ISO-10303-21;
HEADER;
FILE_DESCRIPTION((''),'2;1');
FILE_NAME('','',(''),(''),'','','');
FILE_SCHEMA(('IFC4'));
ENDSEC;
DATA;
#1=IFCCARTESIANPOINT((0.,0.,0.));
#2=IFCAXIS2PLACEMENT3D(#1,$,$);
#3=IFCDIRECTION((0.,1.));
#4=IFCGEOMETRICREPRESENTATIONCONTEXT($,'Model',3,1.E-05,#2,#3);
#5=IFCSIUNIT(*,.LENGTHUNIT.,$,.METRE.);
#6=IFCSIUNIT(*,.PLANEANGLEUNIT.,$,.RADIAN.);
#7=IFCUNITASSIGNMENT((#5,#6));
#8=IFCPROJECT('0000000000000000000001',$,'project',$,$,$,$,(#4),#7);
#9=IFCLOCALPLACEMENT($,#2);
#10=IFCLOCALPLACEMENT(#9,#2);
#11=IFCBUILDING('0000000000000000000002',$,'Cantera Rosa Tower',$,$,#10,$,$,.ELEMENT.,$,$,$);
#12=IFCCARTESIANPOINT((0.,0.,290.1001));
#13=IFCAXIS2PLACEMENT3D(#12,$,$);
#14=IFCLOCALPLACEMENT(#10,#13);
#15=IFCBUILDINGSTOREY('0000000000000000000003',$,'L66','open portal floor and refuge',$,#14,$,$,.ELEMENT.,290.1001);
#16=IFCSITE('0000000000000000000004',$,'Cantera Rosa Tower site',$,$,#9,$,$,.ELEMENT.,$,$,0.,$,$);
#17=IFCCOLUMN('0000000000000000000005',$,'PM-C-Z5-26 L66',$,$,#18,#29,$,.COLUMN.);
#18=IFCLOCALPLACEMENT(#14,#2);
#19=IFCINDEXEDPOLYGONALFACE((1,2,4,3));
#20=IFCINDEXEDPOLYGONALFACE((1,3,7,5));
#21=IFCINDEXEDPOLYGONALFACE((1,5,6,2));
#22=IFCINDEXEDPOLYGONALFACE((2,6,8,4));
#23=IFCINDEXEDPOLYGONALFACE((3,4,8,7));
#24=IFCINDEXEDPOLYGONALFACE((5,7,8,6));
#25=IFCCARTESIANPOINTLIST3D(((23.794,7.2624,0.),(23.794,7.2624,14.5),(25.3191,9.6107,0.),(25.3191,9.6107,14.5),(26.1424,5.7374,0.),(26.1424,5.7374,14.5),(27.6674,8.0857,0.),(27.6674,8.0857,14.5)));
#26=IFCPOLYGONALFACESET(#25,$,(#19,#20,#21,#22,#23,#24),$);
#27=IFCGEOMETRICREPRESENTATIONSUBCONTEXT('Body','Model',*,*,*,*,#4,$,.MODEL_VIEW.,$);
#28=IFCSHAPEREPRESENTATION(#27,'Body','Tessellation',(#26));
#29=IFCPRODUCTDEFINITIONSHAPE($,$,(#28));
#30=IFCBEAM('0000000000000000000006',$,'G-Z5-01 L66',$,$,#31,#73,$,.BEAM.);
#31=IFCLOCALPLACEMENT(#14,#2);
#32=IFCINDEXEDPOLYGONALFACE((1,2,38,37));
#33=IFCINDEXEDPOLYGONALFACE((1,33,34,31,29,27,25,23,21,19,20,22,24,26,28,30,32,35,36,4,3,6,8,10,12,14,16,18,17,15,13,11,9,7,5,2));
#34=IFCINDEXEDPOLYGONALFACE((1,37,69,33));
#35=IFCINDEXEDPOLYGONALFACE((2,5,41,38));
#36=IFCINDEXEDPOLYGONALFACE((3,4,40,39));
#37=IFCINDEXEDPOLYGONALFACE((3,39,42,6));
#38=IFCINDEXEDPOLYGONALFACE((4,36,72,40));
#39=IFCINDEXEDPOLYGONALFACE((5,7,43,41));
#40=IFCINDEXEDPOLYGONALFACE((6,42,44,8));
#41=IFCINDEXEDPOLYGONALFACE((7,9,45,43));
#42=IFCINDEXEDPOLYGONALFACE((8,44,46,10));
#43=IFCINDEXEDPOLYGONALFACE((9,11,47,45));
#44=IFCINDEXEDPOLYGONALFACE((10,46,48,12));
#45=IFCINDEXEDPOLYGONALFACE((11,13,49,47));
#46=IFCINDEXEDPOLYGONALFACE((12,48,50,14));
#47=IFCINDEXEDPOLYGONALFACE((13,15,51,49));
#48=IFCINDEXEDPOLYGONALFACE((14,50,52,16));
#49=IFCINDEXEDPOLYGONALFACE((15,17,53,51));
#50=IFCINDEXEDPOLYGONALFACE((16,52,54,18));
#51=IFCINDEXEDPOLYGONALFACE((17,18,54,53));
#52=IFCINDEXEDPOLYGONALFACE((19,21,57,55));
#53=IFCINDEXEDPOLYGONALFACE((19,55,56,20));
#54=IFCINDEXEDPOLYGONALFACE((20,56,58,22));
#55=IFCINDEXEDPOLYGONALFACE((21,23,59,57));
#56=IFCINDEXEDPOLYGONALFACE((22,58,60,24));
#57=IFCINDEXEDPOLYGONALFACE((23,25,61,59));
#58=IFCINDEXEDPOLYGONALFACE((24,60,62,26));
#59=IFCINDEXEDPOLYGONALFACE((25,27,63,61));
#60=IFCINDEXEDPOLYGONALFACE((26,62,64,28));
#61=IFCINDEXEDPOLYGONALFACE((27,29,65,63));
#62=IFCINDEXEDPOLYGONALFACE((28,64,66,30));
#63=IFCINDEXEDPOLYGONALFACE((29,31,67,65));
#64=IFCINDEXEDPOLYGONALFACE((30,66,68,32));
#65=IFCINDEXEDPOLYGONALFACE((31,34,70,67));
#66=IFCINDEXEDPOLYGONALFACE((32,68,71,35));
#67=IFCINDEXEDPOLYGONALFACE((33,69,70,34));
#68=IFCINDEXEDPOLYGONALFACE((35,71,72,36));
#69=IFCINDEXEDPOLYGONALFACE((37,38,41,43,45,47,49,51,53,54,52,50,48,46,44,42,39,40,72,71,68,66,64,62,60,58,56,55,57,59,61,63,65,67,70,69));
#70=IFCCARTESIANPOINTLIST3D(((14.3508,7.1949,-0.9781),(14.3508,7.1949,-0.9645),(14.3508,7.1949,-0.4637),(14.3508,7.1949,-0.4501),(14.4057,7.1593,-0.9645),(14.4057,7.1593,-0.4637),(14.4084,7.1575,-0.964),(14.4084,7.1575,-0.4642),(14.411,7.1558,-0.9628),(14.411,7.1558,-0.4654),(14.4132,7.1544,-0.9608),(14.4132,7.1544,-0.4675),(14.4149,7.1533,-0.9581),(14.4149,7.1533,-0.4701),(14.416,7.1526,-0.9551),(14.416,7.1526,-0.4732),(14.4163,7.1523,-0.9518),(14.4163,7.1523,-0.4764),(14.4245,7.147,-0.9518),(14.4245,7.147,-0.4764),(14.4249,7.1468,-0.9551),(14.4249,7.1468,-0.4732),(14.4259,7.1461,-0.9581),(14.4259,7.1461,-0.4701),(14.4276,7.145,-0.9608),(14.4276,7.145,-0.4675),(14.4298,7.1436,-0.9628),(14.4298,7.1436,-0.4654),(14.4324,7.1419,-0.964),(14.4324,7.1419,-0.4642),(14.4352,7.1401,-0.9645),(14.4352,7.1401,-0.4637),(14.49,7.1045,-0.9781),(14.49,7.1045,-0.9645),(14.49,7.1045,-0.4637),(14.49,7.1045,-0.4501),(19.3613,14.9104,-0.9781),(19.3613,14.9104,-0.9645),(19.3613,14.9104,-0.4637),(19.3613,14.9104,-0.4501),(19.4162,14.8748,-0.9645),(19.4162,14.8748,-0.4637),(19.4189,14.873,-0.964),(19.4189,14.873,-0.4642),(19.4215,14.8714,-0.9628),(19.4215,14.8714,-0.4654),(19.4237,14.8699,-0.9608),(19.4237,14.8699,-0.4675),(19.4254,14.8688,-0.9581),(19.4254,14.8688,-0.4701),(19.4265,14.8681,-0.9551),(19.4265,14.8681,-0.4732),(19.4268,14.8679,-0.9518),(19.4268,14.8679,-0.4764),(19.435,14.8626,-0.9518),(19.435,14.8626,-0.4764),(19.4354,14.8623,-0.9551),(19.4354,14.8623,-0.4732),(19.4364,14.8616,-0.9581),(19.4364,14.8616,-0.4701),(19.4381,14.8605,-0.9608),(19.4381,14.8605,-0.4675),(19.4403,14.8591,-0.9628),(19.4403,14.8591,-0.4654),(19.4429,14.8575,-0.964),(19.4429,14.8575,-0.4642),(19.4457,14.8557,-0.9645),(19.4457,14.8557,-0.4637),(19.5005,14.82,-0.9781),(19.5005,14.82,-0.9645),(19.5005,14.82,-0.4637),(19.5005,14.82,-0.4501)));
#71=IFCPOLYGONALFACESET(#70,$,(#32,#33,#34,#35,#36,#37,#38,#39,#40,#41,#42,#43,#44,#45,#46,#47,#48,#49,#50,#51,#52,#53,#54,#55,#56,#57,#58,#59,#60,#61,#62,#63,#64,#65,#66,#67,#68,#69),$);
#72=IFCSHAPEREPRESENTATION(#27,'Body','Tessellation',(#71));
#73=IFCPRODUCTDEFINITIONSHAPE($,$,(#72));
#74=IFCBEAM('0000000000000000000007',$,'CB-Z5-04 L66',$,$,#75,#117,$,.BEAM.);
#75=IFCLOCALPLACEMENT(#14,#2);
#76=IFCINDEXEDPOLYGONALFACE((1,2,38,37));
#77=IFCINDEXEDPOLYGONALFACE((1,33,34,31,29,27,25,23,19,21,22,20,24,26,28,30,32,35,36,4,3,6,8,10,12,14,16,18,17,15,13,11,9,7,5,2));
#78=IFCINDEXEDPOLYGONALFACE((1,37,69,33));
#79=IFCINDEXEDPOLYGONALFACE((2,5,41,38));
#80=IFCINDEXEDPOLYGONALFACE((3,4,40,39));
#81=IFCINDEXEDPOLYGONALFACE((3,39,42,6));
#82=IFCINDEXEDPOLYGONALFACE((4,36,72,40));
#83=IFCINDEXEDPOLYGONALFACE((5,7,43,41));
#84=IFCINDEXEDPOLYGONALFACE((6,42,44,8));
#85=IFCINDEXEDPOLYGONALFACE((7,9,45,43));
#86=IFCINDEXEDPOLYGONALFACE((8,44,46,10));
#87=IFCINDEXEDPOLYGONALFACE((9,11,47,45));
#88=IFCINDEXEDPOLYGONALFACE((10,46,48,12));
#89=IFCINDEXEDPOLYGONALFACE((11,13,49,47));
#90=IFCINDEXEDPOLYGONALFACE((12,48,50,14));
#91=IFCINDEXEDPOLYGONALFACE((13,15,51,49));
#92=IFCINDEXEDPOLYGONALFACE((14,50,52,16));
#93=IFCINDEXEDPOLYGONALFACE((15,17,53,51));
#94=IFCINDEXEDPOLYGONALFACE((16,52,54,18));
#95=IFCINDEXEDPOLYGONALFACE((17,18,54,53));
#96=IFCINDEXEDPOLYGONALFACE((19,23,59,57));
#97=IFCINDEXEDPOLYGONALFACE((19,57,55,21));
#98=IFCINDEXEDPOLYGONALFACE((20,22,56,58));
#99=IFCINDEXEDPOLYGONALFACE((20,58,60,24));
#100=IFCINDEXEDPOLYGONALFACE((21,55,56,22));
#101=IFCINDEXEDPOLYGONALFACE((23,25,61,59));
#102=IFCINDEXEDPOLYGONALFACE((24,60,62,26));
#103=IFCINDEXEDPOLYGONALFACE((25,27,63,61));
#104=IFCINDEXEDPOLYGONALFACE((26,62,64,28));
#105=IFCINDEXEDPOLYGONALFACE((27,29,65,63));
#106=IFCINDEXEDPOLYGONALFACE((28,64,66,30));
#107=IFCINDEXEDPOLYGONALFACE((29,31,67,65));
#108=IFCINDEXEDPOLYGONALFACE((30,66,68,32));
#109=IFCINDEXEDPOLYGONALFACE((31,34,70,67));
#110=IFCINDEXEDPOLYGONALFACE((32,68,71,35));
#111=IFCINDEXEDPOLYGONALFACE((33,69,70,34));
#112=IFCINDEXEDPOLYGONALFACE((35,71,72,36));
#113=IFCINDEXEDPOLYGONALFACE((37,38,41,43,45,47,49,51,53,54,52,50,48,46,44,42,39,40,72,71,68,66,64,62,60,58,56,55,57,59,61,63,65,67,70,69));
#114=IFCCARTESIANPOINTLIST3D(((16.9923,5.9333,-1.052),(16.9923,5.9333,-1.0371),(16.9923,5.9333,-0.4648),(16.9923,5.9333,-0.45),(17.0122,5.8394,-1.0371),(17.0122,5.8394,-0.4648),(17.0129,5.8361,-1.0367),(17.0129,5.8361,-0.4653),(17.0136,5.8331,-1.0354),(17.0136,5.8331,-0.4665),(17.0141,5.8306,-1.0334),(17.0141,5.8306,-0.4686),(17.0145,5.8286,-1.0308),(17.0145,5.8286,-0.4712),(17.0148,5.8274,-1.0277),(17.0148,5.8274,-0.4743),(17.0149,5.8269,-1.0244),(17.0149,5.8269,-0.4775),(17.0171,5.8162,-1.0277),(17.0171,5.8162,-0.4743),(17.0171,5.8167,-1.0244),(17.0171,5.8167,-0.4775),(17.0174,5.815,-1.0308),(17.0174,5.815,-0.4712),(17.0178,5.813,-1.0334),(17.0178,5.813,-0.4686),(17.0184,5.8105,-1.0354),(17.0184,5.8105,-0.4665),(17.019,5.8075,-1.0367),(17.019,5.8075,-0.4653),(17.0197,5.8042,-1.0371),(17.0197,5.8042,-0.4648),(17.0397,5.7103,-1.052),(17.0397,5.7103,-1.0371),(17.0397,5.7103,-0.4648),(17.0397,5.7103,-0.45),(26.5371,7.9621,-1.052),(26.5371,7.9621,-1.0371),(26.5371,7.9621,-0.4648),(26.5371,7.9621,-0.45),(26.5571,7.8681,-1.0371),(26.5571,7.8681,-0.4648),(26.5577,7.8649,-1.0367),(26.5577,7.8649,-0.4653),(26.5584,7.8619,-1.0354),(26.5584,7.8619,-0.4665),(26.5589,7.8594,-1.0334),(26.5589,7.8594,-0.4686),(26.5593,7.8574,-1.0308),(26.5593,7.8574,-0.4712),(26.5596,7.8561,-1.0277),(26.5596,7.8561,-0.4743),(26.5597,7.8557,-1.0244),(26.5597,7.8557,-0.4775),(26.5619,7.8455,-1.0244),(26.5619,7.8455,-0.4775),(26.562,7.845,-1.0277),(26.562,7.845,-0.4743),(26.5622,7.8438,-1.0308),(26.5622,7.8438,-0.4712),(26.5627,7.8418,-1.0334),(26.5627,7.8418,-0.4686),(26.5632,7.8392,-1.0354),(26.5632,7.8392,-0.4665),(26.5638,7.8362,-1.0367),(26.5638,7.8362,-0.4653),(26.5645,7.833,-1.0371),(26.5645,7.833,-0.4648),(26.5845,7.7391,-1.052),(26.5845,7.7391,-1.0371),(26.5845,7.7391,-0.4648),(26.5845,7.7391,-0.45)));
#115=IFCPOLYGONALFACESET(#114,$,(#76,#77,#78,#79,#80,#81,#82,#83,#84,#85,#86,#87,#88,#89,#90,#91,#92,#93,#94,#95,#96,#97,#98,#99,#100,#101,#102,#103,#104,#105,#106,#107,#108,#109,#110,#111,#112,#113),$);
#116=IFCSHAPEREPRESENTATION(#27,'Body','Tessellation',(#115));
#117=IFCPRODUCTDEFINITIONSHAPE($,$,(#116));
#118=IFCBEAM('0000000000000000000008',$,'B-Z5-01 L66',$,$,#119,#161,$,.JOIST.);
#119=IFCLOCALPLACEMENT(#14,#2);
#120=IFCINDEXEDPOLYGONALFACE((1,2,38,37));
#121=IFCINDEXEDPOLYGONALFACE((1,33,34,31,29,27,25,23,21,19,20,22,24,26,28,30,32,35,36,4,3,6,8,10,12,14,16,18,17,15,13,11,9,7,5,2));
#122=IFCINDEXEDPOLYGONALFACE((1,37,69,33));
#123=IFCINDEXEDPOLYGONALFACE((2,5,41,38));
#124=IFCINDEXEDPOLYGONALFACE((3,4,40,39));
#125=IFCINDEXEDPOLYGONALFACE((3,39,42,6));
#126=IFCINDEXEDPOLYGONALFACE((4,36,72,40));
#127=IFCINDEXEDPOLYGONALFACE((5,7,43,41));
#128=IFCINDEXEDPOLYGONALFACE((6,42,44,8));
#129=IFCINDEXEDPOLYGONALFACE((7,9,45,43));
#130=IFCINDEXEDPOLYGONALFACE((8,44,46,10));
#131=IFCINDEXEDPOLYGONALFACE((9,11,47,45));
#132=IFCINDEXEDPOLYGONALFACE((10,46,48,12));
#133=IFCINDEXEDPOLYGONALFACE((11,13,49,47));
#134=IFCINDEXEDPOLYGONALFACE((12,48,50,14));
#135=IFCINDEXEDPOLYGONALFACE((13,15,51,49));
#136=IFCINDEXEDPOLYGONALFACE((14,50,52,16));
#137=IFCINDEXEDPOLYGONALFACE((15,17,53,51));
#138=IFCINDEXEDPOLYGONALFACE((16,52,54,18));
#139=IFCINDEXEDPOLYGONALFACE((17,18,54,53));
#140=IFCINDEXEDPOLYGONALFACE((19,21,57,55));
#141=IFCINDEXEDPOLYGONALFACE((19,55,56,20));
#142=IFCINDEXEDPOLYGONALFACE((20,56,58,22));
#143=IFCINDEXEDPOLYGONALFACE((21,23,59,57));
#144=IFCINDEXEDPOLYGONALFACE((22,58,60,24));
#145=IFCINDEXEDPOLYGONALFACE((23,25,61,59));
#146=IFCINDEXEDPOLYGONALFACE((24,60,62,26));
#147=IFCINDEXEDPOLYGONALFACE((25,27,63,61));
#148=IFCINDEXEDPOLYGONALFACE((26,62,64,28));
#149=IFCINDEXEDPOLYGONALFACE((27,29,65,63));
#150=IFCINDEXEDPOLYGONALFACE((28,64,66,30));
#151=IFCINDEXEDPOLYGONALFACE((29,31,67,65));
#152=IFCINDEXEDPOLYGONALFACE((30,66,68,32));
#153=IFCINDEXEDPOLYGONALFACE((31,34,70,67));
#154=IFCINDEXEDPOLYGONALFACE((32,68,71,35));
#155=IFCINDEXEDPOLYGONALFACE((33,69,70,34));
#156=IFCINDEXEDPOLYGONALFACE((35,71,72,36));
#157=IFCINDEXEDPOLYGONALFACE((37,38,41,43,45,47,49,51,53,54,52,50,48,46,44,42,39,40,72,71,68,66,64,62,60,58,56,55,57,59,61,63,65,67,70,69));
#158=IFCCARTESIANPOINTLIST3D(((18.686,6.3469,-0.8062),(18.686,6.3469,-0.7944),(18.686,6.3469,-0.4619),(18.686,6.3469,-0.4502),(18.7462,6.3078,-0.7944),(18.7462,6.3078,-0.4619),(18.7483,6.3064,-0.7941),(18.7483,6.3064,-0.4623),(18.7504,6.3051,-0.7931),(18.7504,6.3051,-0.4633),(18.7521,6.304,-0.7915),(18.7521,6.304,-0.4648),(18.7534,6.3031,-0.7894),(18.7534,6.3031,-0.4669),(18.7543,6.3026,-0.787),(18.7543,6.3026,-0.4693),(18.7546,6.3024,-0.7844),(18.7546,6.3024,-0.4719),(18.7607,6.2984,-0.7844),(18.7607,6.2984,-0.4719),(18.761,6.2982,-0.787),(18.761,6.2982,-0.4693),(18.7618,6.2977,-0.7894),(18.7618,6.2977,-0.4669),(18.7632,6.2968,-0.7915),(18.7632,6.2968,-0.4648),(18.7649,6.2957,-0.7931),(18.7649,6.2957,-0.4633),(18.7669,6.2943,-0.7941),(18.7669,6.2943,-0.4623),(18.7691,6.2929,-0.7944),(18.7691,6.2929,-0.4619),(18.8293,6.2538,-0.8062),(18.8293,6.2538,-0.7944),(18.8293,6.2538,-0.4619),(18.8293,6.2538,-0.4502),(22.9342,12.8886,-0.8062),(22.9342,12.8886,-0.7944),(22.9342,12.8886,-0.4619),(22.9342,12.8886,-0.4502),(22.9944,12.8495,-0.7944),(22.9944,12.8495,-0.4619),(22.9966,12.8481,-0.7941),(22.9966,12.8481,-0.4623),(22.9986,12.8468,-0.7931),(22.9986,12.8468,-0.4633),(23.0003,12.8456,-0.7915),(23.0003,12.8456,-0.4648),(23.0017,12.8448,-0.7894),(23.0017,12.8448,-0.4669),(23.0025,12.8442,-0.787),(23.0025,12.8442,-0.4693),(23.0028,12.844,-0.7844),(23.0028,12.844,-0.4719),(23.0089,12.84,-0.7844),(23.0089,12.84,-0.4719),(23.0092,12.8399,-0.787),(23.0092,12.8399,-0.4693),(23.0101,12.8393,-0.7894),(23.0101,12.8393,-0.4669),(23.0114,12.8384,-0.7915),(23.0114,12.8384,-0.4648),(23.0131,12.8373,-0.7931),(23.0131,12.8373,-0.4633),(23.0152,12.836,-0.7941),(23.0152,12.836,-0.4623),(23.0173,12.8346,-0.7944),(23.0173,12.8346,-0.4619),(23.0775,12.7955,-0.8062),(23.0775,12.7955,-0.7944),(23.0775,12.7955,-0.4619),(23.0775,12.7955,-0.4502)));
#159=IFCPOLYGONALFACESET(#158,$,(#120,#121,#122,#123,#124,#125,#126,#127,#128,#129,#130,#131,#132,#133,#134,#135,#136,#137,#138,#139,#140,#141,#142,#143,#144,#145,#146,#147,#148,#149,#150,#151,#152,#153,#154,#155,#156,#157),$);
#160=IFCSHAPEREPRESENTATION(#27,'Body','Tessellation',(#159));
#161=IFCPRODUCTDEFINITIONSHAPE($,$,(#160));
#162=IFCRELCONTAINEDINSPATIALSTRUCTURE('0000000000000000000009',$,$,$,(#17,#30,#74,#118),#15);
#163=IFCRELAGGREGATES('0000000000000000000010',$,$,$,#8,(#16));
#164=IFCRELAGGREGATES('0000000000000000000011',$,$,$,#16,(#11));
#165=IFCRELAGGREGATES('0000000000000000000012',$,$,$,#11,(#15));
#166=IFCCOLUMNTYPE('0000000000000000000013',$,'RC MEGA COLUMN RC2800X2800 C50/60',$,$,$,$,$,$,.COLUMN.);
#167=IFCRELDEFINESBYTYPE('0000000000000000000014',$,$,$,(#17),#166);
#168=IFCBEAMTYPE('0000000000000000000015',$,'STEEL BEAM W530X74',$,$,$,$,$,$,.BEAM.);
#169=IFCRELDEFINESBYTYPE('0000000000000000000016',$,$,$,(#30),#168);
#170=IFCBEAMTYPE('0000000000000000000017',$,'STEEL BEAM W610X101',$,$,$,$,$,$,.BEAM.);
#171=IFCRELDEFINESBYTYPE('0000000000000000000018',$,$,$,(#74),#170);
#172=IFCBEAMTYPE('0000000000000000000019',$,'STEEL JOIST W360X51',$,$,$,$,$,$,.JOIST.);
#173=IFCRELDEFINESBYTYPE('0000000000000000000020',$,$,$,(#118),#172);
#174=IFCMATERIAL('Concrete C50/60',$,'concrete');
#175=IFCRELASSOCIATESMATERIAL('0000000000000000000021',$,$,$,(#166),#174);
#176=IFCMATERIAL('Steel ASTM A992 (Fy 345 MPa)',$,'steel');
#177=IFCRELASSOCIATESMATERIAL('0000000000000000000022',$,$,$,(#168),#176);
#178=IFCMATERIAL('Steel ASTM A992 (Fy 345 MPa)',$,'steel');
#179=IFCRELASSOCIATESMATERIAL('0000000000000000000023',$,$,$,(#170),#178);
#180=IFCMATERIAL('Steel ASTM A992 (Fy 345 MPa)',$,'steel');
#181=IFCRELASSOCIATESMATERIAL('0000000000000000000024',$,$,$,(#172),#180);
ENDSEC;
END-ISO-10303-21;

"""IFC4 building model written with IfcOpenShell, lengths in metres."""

from ifc_helpers import new_model, si_unit, direction, frame, origin, origin_2d, place, context, subcontext, project, spatial, rectangle, i_section, extrude, material, material_profile, profile_set, type_object, element, save


model = new_model("IFC4")

# Units and contexts
model_context = context("Model", 3, precision=1e-05, world=origin(), true_north=direction((0.0, 1.0)))
body_context = subcontext(model_context, "Body", "Model", "MODEL_VIEW")
ifc_project = project(units=[si_unit("LENGTHUNIT", "METRE"), si_unit("PLANEANGLEUNIT", "RADIAN")], contexts=[model_context])

# Site, building, storey
site_placement = place(None, origin())
site = spatial("IfcSite", under=ifc_project, at=site_placement, Name="Cantera Rosa Tower site", CompositionType="ELEMENT", RefElevation=0.0)
building_placement = place(site_placement, origin())
building = spatial("IfcBuilding", under=site, at=building_placement, Name="Cantera Rosa Tower", CompositionType="ELEMENT")
storey_placement = place(building_placement, frame((0.0, 0.0, 290.1001)))
storey = spatial("IfcBuildingStorey", under=building, at=storey_placement, Name="L66", Description="open portal floor and refuge", CompositionType="ELEMENT", Elevation=290.1001)

# Column
ifc_material_1 = material(Name="Concrete C50/60", Category="concrete")
ifc_material_profile_1 = material_profile(ifc_material_1, rectangle(XDim=2.8, YDim=2.8, at=origin_2d()), Name="RC MEGA COLUMN RC2800X2800 C50/60")
ifc_profile_set_1 = profile_set([ifc_material_profile_1], Name="Concrete C50/60")
column_type = type_object("IfcColumnType", Name="RC MEGA COLUMN RC2800X2800 C50/60", PredefinedType="COLUMN", material=ifc_profile_set_1)
column_placement = place(storey_placement, frame((25.7307, 7.6741, 0.0), z_axis=(0.0, 0.0, 1.0), x_axis=(0.544639, 0.838671, 0.0)))
element("IfcColumn", 1, at=column_placement, inside=storey, type_object=column_type, Name="PM-C-Z5-26 L66", PredefinedType="COLUMN", context=body_context, shape_type="SweptSolid", body=[
    extrude(rectangle(XDim=2.8, YDim=2.8, at=origin_2d()), origin(), (0.0, 0.0, 1.0), 14.5),
])

# Beams
ifc_material_2 = material(Name="Steel ASTM A992 (Fy 345 MPa)", Category="steel")
ifc_material_profile_2 = material_profile(ifc_material_2, i_section(OverallWidth=0.166, OverallDepth=0.5281, WebThickness=0.0098, FlangeThickness=0.0137, FilletRadius=0.0127, at=origin_2d()), Name="W530X74")
ifc_profile_set_2 = profile_set([ifc_material_profile_2], Name="Steel ASTM A992 (Fy 345 MPa)")
beam_type_1 = type_object("IfcBeamType", Name="STEEL BEAM W530X74", PredefinedType="BEAM", material=ifc_profile_set_2)
beam_1_placement = place(storey_placement, frame((19.4309, 14.8652, -0.7141), z_axis=(-0.544635, -0.838673, 0.0), x_axis=(0.838673, -0.544635, 0.0)))
element("IfcBeam", 2, at=beam_1_placement, inside=storey, type_object=beam_type_1, Name="G-Z5-01 L66", PredefinedType="BEAM", context=body_context, shape_type="SweptSolid", body=[
    extrude(i_section(OverallWidth=0.166, OverallDepth=0.5281, WebThickness=0.0098, FlangeThickness=0.0137, FilletRadius=0.0127, at=origin_2d()), origin(), (0.0, 0.0, 1.0), 9.1997),
])
ifc_material_3 = material(Name="Steel ASTM A992 (Fy 345 MPa)", Category="steel")
ifc_material_profile_3 = material_profile(ifc_material_3, i_section(OverallWidth=0.228, OverallDepth=0.6021, WebThickness=0.0105, FlangeThickness=0.0149, FilletRadius=0.0127, at=origin_2d()), Name="W610X101")
ifc_profile_set_3 = profile_set([ifc_material_profile_3], Name="Steel ASTM A992 (Fy 345 MPa)")
beam_type_2 = type_object("IfcBeamType", Name="STEEL BEAM W610X101", PredefinedType="BEAM", material=ifc_profile_set_3)
beam_2_placement = place(storey_placement, frame((26.5608, 7.8506, -0.751), z_axis=(-0.978148, -0.207909, 0.0), x_axis=(0.207909, -0.978148, 0.0)))
element("IfcBeam", 3, at=beam_2_placement, inside=storey, type_object=beam_type_2, Name="CB-Z5-04 L66", PredefinedType="BEAM", context=body_context, shape_type="SweptSolid", body=[
    extrude(i_section(OverallWidth=0.228, OverallDepth=0.6021, WebThickness=0.0105, FlangeThickness=0.0149, FilletRadius=0.0127, at=origin_2d()), origin(), (0.0, 0.0, 1.0), 9.7581),
])
ifc_material_4 = material(Name="Steel ASTM A992 (Fy 345 MPa)", Category="steel")
ifc_material_profile_4 = material_profile(ifc_material_4, i_section(OverallWidth=0.1709, OverallDepth=0.356, WebThickness=0.0073, FlangeThickness=0.0117, FilletRadius=0.01, at=origin_2d()), Name="W360X51")
ifc_profile_set_4 = profile_set([ifc_material_profile_4], Name="Steel ASTM A992 (Fy 345 MPa)")
beam_type_3 = type_object("IfcBeamType", Name="STEEL JOIST W360X51", PredefinedType="JOIST", material=ifc_profile_set_4)
beam_3_placement = place(storey_placement, frame((23.0059, 12.842, -0.6282), z_axis=(-0.544642, -0.838669, 0.0), x_axis=(0.838669, -0.544642, 0.0)))
element("IfcBeam", 4, at=beam_3_placement, inside=storey, type_object=beam_type_3, Name="B-Z5-01 L66", PredefinedType="JOIST", context=body_context, shape_type="SweptSolid", body=[
    extrude(i_section(OverallWidth=0.1709, OverallDepth=0.356, WebThickness=0.0073, FlangeThickness=0.0117, FilletRadius=0.01, at=origin_2d()), origin(), (0.0, 0.0, 1.0), 7.8),
])

save(model, "model.ifc")
